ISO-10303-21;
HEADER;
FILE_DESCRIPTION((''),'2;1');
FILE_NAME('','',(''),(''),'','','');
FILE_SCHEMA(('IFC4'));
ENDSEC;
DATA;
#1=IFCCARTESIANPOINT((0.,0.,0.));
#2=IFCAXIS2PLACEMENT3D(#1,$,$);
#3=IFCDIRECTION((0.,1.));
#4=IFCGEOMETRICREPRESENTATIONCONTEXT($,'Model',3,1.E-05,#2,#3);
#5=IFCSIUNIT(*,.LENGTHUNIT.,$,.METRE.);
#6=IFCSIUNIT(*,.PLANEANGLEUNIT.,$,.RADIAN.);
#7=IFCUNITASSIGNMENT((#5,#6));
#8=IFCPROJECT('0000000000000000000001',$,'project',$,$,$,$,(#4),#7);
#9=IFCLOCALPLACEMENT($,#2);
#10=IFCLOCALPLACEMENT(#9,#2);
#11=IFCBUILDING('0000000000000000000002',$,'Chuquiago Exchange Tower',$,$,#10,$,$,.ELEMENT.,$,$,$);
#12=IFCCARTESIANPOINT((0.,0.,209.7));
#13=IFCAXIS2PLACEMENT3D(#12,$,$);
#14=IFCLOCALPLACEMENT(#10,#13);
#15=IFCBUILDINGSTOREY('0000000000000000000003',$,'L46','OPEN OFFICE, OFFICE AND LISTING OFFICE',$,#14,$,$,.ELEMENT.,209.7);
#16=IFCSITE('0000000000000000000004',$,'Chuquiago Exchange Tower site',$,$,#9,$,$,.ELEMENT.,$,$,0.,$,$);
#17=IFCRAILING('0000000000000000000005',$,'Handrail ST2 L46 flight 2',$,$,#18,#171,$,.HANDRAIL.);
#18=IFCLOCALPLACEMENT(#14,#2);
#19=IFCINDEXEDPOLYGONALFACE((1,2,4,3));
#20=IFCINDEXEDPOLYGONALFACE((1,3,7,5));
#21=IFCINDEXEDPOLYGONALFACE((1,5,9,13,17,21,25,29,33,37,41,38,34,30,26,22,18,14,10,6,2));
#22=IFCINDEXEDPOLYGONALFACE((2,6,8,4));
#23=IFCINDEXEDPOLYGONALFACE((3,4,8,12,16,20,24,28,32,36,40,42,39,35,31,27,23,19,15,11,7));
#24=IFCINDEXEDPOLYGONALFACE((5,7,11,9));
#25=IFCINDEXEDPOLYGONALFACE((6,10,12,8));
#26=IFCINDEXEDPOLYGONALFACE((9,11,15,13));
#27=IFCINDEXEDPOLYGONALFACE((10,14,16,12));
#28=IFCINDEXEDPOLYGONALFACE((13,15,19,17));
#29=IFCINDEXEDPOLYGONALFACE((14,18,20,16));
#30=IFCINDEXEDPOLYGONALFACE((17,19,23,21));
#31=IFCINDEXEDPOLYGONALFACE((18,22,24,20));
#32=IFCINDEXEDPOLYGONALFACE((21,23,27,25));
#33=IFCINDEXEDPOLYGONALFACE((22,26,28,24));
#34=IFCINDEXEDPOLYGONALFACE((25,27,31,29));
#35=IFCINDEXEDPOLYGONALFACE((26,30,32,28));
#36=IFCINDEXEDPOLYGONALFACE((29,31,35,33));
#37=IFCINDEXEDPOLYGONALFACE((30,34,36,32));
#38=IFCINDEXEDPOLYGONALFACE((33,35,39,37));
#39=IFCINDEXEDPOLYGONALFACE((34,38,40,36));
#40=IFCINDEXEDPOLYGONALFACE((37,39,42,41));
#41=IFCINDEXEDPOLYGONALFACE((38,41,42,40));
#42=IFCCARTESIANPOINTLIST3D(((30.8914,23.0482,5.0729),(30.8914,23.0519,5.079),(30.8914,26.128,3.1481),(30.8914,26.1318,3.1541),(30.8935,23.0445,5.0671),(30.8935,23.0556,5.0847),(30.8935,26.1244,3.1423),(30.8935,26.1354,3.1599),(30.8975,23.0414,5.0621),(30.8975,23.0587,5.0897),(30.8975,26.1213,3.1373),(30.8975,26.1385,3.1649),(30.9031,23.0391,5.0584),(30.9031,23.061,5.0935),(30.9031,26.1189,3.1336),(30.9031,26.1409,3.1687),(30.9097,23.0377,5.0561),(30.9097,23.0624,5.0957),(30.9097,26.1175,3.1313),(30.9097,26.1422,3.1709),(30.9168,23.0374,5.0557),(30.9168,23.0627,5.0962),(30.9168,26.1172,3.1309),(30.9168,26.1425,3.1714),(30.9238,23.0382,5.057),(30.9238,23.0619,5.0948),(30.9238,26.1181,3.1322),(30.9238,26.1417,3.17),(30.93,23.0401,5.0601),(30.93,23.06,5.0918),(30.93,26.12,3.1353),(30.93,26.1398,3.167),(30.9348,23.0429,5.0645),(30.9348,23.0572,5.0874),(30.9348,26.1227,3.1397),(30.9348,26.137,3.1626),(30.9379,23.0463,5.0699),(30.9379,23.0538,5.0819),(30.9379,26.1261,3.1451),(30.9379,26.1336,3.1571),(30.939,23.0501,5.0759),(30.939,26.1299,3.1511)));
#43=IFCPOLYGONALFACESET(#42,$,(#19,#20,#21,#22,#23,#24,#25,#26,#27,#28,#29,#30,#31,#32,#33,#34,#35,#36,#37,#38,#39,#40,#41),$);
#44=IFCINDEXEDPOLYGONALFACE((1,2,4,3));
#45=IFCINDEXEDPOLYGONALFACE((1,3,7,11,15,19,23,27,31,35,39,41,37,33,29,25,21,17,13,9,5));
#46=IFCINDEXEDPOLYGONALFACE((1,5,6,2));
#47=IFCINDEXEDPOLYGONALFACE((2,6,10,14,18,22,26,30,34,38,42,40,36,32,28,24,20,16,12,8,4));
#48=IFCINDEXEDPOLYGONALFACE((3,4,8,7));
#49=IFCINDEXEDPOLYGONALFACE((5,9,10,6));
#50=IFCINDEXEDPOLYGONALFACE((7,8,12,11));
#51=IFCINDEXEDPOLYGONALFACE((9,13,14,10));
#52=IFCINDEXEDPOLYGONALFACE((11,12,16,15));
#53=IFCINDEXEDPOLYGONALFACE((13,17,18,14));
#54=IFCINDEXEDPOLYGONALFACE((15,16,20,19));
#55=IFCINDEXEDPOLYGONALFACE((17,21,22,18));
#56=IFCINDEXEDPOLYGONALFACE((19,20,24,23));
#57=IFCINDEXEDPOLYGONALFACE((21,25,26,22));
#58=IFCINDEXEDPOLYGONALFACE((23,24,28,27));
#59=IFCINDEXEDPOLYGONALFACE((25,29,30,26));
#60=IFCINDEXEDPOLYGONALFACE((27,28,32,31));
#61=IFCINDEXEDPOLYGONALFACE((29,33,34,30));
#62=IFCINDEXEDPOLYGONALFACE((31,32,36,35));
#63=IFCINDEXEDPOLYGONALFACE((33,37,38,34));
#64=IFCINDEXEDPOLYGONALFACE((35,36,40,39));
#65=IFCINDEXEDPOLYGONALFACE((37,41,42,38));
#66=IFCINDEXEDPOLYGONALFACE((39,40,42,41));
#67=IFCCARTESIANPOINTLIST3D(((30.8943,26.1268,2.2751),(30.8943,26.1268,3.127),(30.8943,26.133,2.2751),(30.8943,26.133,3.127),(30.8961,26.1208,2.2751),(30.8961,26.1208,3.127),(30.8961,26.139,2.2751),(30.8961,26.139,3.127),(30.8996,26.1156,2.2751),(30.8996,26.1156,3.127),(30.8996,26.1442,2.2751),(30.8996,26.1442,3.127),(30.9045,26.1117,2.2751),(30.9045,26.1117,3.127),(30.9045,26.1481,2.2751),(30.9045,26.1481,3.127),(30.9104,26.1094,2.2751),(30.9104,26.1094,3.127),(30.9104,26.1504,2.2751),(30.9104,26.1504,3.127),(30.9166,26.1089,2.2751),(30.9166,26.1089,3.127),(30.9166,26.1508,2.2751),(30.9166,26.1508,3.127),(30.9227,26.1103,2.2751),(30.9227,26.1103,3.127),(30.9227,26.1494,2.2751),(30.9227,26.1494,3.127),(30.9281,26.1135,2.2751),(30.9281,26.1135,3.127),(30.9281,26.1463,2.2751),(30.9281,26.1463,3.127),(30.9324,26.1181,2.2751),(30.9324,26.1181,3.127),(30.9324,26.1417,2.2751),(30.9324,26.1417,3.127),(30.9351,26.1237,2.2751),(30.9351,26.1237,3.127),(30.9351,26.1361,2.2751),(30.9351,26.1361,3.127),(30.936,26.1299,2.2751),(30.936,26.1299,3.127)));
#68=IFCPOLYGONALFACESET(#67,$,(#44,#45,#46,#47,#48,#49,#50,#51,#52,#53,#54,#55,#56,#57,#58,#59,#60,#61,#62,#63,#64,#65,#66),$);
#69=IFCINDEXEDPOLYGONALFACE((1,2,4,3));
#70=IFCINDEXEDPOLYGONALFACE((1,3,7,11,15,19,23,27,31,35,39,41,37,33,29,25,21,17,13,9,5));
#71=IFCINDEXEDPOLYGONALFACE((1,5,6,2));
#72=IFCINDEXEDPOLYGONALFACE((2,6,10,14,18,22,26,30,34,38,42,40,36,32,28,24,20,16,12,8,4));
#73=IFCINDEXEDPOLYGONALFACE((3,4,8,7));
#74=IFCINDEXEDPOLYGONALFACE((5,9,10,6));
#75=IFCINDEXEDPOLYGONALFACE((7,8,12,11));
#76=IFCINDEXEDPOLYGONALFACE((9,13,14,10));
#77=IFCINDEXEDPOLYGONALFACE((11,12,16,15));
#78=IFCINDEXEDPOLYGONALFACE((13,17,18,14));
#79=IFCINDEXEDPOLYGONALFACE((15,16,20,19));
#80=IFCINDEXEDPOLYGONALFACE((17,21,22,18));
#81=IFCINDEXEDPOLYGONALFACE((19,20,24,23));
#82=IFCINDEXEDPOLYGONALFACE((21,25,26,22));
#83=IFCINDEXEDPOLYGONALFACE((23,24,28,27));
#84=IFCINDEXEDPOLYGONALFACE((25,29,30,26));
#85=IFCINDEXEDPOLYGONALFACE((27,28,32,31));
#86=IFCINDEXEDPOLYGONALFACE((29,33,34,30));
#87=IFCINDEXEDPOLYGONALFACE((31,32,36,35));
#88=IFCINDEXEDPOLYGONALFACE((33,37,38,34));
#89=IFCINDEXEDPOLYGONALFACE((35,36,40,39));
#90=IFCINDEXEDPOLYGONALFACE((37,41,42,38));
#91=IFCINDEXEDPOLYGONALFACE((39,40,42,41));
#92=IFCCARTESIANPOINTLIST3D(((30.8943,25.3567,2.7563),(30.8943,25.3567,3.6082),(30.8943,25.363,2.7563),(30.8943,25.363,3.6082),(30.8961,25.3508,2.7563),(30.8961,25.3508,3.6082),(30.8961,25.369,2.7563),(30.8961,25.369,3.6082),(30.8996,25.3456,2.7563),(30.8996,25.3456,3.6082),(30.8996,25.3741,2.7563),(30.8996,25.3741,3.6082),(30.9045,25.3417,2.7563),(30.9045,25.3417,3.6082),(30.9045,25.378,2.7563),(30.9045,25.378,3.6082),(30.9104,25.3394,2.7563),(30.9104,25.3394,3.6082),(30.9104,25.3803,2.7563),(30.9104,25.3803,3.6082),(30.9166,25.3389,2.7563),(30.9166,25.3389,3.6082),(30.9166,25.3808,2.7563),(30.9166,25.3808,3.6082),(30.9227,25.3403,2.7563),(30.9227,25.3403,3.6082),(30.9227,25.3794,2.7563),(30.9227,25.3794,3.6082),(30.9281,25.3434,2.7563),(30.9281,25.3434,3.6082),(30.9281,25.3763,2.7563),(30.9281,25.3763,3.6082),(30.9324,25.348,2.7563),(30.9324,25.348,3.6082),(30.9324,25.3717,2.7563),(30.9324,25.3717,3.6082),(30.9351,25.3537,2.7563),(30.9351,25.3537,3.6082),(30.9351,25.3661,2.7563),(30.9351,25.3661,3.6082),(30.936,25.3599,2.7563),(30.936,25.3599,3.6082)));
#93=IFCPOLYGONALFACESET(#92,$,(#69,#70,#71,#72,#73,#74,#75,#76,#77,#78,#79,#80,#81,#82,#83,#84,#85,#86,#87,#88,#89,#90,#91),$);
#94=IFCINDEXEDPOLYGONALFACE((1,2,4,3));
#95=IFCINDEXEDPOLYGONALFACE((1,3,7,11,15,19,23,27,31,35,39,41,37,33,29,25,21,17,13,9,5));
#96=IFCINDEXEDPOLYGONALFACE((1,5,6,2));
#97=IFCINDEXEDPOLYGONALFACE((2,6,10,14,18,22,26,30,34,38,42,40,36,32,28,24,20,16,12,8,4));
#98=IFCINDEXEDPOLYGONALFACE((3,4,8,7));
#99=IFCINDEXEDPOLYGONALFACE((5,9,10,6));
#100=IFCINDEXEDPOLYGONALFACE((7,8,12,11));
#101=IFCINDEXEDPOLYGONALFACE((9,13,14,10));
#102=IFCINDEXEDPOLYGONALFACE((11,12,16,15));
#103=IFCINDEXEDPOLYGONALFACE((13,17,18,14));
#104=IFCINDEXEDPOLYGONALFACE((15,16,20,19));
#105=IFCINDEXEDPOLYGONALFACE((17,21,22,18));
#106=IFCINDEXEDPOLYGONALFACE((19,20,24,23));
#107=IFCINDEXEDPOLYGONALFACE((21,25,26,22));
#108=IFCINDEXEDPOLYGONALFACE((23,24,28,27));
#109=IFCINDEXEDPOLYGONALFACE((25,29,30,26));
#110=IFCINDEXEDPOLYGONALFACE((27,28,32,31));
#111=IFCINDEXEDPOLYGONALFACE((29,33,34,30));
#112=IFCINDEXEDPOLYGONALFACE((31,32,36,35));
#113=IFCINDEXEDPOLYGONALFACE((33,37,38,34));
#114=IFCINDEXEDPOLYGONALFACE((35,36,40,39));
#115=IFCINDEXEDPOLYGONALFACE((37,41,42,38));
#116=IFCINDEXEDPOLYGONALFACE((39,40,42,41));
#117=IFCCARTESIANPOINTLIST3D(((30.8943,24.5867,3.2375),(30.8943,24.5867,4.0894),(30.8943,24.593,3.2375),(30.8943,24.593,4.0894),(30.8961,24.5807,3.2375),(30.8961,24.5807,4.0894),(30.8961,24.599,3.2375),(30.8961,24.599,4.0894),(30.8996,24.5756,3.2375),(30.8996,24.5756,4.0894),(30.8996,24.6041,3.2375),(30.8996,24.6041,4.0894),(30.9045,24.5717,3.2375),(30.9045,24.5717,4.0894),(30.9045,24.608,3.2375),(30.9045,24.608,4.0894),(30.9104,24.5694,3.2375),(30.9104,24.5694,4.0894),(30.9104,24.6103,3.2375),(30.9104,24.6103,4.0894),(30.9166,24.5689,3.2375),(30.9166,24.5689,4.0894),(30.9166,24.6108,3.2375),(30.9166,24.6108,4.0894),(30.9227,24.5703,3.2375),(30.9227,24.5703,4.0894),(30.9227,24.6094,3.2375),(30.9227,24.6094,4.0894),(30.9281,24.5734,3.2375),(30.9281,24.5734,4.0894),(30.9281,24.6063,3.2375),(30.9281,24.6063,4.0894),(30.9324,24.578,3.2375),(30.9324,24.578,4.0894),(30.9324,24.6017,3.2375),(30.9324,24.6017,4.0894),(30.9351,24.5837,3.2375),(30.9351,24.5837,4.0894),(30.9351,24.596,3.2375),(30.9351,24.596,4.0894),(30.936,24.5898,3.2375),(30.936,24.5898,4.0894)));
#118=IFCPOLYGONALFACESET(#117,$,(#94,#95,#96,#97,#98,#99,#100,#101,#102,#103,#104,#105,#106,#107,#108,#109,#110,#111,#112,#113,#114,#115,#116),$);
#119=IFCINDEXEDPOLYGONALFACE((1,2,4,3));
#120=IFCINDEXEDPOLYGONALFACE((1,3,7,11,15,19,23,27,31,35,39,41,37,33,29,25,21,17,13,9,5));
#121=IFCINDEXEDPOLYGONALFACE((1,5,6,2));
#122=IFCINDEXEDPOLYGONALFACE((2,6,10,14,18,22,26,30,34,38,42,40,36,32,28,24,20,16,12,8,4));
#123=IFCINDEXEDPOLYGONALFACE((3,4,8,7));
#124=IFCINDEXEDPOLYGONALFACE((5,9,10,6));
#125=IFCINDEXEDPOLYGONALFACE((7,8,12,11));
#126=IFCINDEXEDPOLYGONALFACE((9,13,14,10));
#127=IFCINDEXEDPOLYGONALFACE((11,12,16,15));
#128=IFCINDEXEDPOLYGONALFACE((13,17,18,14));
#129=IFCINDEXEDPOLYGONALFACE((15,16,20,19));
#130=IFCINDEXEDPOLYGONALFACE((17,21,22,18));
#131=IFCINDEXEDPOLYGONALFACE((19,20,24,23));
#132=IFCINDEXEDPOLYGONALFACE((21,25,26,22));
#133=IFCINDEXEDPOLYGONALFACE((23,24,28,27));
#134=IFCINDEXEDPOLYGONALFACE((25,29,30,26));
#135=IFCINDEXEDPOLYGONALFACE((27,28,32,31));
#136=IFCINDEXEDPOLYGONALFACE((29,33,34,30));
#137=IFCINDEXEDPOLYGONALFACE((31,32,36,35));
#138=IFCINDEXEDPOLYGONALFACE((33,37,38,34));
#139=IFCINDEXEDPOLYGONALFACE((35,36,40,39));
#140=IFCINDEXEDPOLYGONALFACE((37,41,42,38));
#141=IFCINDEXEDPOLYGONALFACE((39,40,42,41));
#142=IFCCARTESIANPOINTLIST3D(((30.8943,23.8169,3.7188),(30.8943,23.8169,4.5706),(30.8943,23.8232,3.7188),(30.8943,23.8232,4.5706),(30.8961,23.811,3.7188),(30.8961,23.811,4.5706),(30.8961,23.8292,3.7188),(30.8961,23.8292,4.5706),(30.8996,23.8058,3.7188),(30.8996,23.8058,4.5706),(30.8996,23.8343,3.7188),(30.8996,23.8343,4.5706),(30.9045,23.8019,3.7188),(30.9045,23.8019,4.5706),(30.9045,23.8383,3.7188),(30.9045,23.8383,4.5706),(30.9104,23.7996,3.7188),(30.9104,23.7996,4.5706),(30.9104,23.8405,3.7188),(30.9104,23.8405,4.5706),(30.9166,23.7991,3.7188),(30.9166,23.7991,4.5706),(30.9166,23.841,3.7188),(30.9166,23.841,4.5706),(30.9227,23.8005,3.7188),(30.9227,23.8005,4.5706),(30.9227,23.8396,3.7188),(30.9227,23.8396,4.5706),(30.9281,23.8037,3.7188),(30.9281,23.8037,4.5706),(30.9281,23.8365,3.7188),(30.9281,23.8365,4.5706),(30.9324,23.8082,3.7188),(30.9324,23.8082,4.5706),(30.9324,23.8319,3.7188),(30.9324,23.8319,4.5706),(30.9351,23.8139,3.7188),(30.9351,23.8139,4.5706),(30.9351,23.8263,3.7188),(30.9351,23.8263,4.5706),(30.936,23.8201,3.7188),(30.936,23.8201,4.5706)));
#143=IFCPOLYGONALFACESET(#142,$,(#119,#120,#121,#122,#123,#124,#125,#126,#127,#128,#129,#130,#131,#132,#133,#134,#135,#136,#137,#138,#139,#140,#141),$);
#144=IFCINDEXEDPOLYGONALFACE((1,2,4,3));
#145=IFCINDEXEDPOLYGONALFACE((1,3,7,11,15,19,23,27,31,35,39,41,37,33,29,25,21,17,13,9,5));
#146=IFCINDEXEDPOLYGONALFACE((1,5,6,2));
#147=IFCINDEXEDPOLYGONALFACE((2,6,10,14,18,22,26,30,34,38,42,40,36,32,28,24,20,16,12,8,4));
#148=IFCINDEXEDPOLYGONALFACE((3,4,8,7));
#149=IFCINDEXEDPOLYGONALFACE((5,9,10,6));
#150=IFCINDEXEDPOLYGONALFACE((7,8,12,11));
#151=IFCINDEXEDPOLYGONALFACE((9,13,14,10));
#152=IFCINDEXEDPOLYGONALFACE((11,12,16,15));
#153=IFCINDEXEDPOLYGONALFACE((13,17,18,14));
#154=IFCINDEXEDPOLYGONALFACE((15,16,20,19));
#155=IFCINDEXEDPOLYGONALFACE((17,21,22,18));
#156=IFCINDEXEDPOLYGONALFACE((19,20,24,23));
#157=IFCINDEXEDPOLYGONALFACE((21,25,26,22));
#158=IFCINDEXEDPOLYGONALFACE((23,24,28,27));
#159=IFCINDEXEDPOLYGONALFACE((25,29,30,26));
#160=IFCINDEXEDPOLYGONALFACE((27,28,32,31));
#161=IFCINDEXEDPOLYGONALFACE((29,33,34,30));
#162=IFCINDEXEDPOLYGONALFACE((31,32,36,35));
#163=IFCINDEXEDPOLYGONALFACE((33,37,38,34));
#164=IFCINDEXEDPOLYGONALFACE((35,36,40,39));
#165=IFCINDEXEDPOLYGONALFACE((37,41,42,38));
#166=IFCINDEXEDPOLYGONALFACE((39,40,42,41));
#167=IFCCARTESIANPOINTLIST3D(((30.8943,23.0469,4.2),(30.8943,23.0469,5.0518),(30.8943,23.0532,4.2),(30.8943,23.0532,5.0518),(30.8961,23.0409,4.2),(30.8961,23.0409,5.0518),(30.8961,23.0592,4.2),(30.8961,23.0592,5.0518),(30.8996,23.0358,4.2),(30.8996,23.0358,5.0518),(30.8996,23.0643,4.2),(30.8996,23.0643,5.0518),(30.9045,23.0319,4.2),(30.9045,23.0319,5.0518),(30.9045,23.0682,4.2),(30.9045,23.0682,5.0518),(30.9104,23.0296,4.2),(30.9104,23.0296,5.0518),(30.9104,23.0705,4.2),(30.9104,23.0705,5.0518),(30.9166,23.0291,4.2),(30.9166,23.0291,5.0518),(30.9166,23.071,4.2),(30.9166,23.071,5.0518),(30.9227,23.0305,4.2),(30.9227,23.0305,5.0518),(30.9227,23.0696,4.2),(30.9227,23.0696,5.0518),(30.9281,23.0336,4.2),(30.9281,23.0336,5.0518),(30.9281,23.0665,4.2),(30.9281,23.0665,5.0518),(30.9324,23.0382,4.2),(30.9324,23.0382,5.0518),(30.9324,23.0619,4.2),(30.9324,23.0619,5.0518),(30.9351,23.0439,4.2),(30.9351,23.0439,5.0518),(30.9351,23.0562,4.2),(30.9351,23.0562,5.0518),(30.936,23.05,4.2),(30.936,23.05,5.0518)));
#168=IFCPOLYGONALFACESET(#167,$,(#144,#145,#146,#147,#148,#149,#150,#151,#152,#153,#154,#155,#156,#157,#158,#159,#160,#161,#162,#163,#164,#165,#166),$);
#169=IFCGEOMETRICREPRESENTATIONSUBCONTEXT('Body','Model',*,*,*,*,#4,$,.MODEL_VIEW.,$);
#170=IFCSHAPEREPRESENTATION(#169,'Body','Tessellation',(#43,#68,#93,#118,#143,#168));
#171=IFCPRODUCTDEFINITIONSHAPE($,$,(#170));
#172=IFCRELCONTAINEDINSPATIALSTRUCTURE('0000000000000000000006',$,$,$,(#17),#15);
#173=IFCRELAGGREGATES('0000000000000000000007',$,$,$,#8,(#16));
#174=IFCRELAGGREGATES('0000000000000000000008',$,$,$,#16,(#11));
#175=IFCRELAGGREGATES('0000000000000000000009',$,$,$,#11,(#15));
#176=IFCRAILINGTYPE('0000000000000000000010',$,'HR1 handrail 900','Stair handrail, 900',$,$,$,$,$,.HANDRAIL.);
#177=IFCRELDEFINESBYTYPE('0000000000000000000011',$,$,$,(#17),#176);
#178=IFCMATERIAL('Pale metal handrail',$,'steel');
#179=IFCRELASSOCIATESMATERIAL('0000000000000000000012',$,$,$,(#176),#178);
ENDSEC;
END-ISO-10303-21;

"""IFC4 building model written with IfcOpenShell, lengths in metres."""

from ifc_helpers import new_model, si_unit, direction, frame, origin, origin_2d, place, context, subcontext, project, spatial, circle, extrude, material, type_object, element, save


model = new_model("IFC4")

# Units and contexts
model_context = context("Model", 3, precision=1e-05, world=origin(), true_north=direction((0.0, 1.0)))
body_context = subcontext(model_context, "Body", "Model", "MODEL_VIEW")
ifc_project = project(units=[si_unit("LENGTHUNIT", "METRE"), si_unit("PLANEANGLEUNIT", "RADIAN")], contexts=[model_context])

# Site, building, storey
site_placement = place(None, origin())
site = spatial("IfcSite", under=ifc_project, at=site_placement, Name="Chuquiago Exchange Tower site", CompositionType="ELEMENT", RefElevation=0.0)
building_placement = place(site_placement, origin())
building = spatial("IfcBuilding", under=site, at=building_placement, Name="Chuquiago Exchange Tower", CompositionType="ELEMENT")
storey_placement = place(building_placement, frame((0.0, 0.0, 209.7)))
storey = spatial("IfcBuildingStorey", under=building, at=storey_placement, Name="L46", Description="OPEN OFFICE, OFFICE AND LISTING OFFICE", CompositionType="ELEMENT", Elevation=209.7)

# Railing
ifc_material_1 = material(Name="Pale metal handrail", Category="steel")
railing_type_1 = type_object("IfcRailingType", Name="HR1 handrail 900", Description="Stair handrail, 900", PredefinedType="HANDRAIL", material=ifc_material_1)
for number, where, name in (
    (1, (30.915, 26.1299, 2.2751), "Handrail ST2 L46 flight 2"),
):
    element("IfcRailing", number, at=place(storey_placement, frame(where)), inside=storey, type_object=railing_type_1, Name=name, PredefinedType="HANDRAIL", context=body_context, shape_type="SweptSolid", body=[
        extrude(circle(Radius=0.0239, at=origin_2d()), frame((0.0, 0.0, 0.876), z_axis=(0.0, -0.84801, 0.529981), x_axis=(1.0, 0.0, 0.0)), (0.0, 0.0, 1.0), 3.6318),
        extrude(circle(Radius=0.021, at=origin_2d()), origin(), (0.0, 0.0, 1.0), 0.8518),
        extrude(circle(Radius=0.021, at=origin_2d()), frame((0.0, -0.77, 0.4812)), (0.0, 0.0, 1.0), 0.8518),
        extrude(circle(Radius=0.021, at=origin_2d()), frame((0.0, -1.54, 0.9624)), (0.0, 0.0, 1.0), 0.8518),
        extrude(circle(Radius=0.021, at=origin_2d()), frame((0.0, -2.3098, 1.4436)), (0.0, 0.0, 1.0), 0.8518),
        extrude(circle(Radius=0.021, at=origin_2d()), frame((0.0, -3.0798, 1.9248)), (0.0, 0.0, 1.0), 0.8518),
    ])

save(model, "model.ifc")
